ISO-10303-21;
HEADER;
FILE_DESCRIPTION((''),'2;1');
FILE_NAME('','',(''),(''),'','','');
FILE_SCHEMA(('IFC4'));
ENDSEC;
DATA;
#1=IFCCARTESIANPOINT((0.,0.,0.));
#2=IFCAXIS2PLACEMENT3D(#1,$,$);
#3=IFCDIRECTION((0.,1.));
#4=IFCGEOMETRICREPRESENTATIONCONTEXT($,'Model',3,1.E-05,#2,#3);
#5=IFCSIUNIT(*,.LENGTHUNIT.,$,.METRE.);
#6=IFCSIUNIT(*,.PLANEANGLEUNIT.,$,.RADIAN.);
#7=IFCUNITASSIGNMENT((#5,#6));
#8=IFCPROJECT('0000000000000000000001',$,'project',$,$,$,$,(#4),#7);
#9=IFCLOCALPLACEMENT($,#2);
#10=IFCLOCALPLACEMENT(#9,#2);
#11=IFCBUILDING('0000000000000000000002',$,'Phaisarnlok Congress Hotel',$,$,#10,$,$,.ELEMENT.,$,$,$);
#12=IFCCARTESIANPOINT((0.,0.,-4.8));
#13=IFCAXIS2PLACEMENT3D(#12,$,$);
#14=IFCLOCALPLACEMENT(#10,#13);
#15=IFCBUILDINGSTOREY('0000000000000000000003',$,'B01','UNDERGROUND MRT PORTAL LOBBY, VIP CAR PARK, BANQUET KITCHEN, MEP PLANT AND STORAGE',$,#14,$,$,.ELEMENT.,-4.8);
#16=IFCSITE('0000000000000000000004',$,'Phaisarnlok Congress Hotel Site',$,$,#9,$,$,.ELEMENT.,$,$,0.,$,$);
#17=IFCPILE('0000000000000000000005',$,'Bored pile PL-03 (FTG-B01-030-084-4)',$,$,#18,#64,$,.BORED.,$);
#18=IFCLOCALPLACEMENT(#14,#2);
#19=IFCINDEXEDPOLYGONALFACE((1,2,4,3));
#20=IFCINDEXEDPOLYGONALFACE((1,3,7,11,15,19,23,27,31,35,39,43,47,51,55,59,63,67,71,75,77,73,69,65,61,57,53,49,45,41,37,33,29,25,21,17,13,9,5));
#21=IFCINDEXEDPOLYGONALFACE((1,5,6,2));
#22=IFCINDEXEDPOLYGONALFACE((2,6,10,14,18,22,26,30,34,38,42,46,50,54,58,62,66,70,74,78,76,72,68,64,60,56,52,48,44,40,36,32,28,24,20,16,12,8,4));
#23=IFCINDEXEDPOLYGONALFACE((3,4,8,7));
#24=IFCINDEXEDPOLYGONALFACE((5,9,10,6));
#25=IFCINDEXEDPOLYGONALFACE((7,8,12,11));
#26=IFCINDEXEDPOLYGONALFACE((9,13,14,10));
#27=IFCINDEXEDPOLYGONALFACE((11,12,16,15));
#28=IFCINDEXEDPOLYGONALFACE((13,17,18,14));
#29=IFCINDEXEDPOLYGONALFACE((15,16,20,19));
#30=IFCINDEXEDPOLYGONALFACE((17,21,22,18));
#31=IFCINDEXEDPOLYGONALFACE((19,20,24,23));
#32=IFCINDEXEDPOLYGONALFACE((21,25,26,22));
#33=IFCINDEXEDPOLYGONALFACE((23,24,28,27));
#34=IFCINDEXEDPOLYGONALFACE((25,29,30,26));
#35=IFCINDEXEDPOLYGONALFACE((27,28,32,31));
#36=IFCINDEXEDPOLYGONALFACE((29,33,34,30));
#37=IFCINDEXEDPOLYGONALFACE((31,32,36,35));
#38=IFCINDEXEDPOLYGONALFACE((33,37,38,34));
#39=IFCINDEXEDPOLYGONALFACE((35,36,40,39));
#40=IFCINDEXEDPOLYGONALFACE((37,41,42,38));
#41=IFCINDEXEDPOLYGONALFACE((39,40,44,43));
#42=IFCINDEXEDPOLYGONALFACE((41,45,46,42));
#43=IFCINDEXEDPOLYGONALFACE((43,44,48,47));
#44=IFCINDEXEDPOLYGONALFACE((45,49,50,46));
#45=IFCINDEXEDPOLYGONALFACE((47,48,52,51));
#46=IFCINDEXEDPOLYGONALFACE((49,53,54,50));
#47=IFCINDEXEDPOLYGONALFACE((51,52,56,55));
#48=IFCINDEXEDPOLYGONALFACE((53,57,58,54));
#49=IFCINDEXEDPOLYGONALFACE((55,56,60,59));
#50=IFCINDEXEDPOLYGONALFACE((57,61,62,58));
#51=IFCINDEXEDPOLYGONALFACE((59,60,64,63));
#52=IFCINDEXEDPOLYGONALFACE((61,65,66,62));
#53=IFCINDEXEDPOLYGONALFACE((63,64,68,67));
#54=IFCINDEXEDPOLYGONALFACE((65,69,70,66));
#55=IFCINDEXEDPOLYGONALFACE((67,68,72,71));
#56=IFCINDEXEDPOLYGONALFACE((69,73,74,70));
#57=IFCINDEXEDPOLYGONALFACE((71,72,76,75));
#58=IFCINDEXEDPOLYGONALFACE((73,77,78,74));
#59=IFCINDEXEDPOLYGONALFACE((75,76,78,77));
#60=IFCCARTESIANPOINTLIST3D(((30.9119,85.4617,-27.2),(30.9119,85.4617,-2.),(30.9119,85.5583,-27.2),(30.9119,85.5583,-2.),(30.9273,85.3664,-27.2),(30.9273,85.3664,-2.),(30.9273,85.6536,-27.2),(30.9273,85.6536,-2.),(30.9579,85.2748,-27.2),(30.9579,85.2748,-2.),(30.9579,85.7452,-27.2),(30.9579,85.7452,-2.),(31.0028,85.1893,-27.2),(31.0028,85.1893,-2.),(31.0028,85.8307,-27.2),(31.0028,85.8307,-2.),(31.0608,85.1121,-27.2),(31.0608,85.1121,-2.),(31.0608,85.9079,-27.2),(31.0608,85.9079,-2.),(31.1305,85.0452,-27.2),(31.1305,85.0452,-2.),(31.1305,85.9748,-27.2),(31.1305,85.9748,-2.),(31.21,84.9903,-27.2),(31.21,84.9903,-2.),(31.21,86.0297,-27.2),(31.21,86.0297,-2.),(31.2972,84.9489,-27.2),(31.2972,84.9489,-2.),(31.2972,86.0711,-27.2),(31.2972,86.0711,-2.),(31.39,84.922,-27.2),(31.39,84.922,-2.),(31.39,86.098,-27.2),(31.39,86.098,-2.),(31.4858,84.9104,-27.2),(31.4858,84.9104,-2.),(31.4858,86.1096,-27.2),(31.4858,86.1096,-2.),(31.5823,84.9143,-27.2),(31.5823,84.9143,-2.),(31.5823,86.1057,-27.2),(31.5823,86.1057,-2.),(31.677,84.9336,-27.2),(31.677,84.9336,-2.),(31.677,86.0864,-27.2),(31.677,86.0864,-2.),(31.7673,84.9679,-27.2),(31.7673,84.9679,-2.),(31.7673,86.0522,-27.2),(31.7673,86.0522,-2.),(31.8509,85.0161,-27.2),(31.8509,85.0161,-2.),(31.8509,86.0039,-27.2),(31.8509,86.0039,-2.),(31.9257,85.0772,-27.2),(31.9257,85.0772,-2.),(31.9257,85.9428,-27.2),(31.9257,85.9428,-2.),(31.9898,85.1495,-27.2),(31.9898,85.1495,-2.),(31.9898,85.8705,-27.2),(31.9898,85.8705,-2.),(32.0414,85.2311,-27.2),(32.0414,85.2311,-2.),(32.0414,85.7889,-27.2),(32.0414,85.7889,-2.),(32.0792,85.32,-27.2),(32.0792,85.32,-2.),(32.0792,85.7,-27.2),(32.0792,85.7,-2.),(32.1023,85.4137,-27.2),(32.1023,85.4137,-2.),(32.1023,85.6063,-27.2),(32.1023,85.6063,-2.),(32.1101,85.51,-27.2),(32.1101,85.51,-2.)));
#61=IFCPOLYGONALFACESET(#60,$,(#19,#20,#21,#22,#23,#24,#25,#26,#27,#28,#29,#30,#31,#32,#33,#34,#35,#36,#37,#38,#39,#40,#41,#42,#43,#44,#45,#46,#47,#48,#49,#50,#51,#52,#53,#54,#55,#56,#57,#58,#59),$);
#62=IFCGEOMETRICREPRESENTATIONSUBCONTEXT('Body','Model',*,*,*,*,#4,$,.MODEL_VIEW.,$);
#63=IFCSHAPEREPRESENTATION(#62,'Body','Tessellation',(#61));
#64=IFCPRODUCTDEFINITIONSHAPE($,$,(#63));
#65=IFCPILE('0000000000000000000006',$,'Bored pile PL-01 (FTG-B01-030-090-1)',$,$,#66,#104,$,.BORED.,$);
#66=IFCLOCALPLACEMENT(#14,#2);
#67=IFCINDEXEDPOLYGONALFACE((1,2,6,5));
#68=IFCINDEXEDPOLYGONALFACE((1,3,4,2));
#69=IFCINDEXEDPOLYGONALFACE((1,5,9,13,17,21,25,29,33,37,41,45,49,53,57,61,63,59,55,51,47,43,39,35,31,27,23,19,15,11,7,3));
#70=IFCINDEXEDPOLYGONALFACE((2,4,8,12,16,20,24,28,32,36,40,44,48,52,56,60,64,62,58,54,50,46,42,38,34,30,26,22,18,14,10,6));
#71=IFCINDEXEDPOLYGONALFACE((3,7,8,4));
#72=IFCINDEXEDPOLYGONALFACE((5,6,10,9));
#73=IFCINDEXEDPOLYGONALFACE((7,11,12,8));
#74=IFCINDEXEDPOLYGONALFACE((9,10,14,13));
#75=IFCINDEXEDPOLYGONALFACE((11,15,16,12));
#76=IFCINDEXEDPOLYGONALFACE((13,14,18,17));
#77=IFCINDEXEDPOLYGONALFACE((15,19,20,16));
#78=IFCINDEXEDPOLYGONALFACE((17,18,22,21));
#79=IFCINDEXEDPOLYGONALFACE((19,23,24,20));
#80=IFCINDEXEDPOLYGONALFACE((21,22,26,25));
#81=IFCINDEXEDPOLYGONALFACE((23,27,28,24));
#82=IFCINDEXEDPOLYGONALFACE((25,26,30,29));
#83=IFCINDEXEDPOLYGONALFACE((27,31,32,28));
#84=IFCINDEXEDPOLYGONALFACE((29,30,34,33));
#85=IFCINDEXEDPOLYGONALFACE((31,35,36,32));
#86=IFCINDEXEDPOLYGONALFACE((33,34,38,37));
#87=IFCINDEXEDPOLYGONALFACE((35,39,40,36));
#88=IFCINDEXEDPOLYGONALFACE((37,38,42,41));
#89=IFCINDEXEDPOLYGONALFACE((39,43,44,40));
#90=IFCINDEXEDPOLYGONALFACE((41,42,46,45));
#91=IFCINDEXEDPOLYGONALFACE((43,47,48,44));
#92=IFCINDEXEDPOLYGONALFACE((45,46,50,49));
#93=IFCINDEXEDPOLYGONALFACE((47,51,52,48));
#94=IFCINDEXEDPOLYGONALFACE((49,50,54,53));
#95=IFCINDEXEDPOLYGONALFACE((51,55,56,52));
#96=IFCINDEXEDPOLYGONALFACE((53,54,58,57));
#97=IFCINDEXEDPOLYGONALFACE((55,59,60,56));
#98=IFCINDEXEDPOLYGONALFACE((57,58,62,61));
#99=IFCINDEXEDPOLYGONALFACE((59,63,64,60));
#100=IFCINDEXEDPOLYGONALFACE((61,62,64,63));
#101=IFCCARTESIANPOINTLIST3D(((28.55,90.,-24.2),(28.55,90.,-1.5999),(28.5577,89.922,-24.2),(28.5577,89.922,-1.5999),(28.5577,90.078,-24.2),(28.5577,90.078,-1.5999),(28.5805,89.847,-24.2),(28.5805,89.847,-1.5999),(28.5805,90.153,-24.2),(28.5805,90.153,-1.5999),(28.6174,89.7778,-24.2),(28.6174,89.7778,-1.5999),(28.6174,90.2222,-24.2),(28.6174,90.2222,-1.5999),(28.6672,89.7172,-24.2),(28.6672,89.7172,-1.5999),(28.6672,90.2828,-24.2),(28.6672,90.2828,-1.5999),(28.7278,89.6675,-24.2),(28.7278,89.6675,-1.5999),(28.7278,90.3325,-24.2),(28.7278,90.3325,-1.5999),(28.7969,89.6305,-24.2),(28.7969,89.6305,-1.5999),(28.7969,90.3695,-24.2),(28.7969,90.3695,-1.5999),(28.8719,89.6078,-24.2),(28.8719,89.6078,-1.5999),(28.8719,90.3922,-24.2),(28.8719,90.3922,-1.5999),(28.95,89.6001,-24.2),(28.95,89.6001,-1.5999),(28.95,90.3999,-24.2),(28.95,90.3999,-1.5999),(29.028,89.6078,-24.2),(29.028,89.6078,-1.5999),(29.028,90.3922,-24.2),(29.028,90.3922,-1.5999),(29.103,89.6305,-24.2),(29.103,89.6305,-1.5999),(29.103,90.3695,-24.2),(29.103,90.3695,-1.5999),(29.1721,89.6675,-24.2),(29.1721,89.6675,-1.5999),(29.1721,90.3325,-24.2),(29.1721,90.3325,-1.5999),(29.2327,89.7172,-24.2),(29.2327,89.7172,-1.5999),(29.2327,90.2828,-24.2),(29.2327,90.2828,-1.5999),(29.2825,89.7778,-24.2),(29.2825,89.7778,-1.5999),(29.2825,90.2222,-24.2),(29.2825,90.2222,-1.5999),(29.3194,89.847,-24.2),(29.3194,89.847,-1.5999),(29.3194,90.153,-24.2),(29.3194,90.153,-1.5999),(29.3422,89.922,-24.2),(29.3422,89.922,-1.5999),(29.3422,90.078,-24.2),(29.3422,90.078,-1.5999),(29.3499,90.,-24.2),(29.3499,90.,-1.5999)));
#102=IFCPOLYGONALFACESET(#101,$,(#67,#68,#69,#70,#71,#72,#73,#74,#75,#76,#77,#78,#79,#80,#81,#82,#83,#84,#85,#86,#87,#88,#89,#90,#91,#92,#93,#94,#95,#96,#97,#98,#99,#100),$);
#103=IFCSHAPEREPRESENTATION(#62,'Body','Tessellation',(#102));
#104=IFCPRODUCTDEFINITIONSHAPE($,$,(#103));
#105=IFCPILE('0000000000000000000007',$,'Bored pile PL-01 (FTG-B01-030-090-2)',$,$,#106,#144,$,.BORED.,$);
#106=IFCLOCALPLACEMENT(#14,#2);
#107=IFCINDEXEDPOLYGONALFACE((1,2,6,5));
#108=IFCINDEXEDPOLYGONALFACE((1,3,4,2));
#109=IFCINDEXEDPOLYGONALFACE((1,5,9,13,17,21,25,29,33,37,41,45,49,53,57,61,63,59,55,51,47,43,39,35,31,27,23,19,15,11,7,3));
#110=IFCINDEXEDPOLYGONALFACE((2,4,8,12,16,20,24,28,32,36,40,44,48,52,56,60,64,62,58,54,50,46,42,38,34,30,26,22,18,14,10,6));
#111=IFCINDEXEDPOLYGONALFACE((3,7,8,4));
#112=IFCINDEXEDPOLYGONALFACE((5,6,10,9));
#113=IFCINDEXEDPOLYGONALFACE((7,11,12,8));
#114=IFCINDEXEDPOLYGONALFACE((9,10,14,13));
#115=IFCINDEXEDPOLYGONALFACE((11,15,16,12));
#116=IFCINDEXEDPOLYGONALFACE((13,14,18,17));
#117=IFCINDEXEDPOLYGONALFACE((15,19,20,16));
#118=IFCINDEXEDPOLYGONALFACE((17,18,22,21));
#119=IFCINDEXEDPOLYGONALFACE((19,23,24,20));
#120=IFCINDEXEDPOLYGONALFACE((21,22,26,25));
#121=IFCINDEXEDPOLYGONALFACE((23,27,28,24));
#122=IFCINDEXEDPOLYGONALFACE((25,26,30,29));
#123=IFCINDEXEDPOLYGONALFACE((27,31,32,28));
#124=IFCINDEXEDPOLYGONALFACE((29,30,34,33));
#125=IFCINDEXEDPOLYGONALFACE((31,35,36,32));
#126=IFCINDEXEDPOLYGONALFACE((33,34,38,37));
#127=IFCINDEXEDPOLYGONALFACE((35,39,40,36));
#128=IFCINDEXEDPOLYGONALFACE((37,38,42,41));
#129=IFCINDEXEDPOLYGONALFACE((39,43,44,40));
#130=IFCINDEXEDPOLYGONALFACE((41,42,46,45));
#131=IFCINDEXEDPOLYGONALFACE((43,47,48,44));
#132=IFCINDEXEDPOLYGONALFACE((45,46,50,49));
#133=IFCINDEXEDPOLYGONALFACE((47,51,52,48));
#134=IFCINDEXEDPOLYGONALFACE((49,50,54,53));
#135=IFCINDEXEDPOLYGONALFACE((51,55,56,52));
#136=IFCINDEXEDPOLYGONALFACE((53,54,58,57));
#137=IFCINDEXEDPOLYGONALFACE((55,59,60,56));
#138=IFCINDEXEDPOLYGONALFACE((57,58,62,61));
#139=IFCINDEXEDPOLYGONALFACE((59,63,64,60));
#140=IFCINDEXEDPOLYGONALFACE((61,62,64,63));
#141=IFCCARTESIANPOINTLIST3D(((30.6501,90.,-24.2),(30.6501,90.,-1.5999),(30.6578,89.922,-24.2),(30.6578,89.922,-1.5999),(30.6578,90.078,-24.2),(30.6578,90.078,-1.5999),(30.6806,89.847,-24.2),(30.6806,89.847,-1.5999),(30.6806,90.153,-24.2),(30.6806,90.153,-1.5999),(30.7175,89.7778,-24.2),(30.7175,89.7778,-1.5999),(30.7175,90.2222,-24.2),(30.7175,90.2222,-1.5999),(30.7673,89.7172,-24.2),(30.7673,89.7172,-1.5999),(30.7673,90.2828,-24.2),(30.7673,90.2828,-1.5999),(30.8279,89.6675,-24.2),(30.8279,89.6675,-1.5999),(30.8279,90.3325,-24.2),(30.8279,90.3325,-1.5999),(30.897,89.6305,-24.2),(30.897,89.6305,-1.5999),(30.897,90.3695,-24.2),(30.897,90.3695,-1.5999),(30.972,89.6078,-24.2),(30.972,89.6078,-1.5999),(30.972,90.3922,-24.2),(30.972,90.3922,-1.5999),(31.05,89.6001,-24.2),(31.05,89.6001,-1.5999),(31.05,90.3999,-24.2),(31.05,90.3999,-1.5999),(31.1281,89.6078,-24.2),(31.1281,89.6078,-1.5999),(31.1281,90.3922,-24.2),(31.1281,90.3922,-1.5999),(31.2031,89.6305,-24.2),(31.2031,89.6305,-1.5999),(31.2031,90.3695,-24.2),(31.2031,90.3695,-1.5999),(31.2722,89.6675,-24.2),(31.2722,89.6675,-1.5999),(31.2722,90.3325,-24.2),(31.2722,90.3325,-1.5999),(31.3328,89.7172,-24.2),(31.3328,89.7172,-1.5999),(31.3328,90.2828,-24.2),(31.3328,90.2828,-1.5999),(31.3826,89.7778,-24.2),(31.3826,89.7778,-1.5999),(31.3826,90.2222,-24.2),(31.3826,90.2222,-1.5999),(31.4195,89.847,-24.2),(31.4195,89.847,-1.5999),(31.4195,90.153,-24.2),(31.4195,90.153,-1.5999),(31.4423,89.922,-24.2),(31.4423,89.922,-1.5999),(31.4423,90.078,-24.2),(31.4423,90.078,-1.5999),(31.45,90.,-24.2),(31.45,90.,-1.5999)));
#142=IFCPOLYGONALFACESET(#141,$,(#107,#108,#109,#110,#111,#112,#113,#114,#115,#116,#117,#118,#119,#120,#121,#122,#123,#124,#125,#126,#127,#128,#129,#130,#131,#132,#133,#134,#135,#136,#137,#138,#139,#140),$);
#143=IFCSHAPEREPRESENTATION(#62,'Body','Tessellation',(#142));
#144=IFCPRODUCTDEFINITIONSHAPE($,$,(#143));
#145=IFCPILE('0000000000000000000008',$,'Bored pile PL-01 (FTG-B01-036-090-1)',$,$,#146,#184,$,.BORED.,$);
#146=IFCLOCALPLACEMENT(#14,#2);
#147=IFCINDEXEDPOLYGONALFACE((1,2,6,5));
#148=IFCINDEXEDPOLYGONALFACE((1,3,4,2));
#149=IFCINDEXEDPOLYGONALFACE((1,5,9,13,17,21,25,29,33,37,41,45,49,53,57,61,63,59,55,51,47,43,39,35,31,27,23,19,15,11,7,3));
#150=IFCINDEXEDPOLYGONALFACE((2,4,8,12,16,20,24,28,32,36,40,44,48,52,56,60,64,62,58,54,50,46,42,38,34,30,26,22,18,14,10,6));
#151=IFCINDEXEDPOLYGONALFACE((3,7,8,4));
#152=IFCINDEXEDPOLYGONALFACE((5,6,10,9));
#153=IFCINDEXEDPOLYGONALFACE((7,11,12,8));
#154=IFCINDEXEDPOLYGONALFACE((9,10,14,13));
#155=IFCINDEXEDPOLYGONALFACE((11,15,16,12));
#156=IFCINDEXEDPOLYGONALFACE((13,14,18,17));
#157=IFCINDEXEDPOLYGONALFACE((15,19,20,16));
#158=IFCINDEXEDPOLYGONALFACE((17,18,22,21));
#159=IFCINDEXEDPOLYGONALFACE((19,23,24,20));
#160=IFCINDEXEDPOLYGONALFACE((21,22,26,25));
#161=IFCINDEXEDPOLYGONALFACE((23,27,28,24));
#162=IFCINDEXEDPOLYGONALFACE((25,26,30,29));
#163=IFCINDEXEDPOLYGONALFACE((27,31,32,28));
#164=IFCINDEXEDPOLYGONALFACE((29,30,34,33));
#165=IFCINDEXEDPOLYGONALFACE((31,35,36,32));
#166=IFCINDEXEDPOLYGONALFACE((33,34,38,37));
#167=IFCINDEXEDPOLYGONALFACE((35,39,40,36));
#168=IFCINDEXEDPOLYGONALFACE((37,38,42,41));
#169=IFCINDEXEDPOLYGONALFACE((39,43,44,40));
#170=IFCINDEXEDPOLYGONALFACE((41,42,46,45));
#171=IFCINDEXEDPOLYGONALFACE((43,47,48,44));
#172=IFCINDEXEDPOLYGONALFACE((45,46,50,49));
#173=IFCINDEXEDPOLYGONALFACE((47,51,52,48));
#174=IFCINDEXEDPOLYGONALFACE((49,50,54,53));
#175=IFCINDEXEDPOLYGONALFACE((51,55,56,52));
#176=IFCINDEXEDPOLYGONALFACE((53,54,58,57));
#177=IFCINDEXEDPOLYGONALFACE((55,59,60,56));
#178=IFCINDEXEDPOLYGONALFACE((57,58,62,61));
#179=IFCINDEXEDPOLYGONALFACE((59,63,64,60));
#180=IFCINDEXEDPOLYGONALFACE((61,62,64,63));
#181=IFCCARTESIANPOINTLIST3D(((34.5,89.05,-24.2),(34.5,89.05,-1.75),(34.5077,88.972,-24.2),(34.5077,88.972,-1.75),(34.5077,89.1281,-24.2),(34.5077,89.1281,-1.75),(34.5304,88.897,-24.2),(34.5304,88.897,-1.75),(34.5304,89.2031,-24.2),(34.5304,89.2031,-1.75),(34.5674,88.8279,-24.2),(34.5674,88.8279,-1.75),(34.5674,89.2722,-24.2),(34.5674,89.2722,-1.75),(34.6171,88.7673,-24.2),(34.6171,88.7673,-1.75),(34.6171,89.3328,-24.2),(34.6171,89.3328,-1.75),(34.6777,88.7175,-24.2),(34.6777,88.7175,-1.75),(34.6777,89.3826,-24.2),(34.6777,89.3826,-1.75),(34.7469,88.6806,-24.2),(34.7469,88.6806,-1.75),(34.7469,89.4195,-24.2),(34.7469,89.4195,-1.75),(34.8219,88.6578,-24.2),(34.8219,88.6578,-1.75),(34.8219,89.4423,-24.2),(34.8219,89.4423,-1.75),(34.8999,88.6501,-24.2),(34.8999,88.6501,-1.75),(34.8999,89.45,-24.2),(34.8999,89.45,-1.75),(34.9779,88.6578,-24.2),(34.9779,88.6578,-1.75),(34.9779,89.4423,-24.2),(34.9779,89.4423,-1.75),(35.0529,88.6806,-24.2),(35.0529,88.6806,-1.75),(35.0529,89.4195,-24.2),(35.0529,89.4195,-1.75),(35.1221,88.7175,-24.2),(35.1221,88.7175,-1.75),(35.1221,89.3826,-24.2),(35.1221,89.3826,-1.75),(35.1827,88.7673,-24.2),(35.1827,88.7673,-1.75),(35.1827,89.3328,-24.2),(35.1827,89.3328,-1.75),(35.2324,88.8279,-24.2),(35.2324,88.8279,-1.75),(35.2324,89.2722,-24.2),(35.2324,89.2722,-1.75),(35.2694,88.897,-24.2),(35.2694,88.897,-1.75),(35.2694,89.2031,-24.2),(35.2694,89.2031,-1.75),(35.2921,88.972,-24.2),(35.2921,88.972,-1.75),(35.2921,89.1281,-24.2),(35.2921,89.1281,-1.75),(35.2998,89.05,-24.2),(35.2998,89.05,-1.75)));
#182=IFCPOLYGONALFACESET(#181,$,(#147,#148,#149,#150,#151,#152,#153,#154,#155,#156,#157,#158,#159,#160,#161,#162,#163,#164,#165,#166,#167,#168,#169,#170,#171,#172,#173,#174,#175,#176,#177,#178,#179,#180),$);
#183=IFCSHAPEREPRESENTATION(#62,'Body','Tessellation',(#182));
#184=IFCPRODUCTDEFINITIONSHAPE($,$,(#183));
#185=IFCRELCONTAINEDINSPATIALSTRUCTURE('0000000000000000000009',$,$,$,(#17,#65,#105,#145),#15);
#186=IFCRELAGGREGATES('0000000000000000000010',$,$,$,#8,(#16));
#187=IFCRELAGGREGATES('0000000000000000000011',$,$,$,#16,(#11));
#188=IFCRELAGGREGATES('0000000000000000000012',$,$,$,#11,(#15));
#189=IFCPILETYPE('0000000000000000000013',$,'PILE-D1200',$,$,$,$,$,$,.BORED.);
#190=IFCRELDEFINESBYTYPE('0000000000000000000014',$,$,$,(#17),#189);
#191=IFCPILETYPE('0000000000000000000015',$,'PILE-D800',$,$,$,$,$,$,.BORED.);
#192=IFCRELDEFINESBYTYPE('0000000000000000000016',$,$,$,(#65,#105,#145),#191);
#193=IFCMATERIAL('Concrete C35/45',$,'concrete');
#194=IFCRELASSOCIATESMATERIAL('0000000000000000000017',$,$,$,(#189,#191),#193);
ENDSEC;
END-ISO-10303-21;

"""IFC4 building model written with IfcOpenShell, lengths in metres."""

from ifc_helpers import new_model, si_unit, direction, frame, origin, origin_2d, place, context, subcontext, project, spatial, circle, extrude, material, material_profile, profile_set, type_object, element, save


model = new_model("IFC4")

# Units and contexts
model_context = context("Model", 3, precision=1e-05, world=origin(), true_north=direction((0.0, 1.0)))
body_context = subcontext(model_context, "Body", "Model", "MODEL_VIEW")
ifc_project = project(units=[si_unit("LENGTHUNIT", "METRE"), si_unit("PLANEANGLEUNIT", "RADIAN")], contexts=[model_context])

# Site, building, storey
site_placement = place(None, origin())
site = spatial("IfcSite", under=ifc_project, at=site_placement, Name="Phaisarnlok Congress Hotel Site", CompositionType="ELEMENT", RefElevation=0.0)
building_placement = place(site_placement, origin())
building = spatial("IfcBuilding", under=site, at=building_placement, Name="Phaisarnlok Congress Hotel", CompositionType="ELEMENT")
storey_placement = place(building_placement, frame((0.0, 0.0, -4.8)))
storey = spatial("IfcBuildingStorey", under=building, at=storey_placement, Name="B01", Description="UNDERGROUND MRT PORTAL LOBBY, VIP CAR PARK, BANQUET KITCHEN, MEP PLANT AND STORAGE", CompositionType="ELEMENT", Elevation=-4.8)

# Piles
ifc_material_1 = material(Name="Concrete C35/45", Category="concrete")
ifc_material_profile_1 = material_profile(ifc_material_1, circle(Radius=0.6001, at=origin_2d()), Name="BORED PILE D1200")
ifc_profile_set_1 = profile_set([ifc_material_profile_1], Name="Concrete C35/45")
pile_type_1 = type_object("IfcPileType", Name="PILE-D1200", PredefinedType="BORED", material=ifc_profile_set_1)
for number, where, z_axis, x_axis, name in (
    (1, (31.51, 85.51, -2.0), (0.0, 0.0, -1.0), (1.0, 0.0, 0.0), "Bored pile PL-03 (FTG-B01-030-084-4)"),
):
    element("IfcPile", number, at=place(storey_placement, frame(where, z_axis=z_axis, x_axis=x_axis)), inside=storey, type_object=pile_type_1, Name=name, PredefinedType="BORED", context=body_context, shape_type="SweptSolid", body=[
        extrude(circle(Radius=0.6001, at=origin_2d()), origin(), (0.0, 0.0, 1.0), 25.2),
    ])
ifc_material_profile_2 = material_profile(ifc_material_1, circle(Radius=0.3999, at=origin_2d()), Name="BORED PILE D800")
ifc_profile_set_2 = profile_set([ifc_material_profile_2], Name="Concrete C35/45")
pile_type_2 = type_object("IfcPileType", Name="PILE-D800", PredefinedType="BORED", material=ifc_profile_set_2)
for number, where, z_axis, x_axis, name in (
    (2, (28.95, 90.0, -1.5999), (0.0, 0.0, -1.0), (1.0, 0.0, 0.0), "Bored pile PL-01 (FTG-B01-030-090-1)"),
    (3, (31.05, 90.0, -1.5999), (0.0, 0.0, -1.0), (1.0, 0.0, 0.0), "Bored pile PL-01 (FTG-B01-030-090-2)"),
):
    element("IfcPile", number, at=place(storey_placement, frame(where, z_axis=z_axis, x_axis=x_axis)), inside=storey, type_object=pile_type_2, Name=name, PredefinedType="BORED", context=body_context, shape_type="SweptSolid", body=[
        extrude(circle(Radius=0.3999, at=origin_2d()), origin(), (0.0, 0.0, 1.0), 22.6001),
    ])
for number, where, z_axis, x_axis, name in (
    (4, (34.8999, 89.05, -1.75), (0.0, 0.0, -1.0), (1.0, 0.0, 0.0), "Bored pile PL-01 (FTG-B01-036-090-1)"),
):
    element("IfcPile", number, at=place(storey_placement, frame(where, z_axis=z_axis, x_axis=x_axis)), inside=storey, type_object=pile_type_2, Name=name, PredefinedType="BORED", context=body_context, shape_type="SweptSolid", body=[
        extrude(circle(Radius=0.3999, at=origin_2d()), origin(), (0.0, 0.0, 1.0), 22.45),
    ])

save(model, "model.ifc")
